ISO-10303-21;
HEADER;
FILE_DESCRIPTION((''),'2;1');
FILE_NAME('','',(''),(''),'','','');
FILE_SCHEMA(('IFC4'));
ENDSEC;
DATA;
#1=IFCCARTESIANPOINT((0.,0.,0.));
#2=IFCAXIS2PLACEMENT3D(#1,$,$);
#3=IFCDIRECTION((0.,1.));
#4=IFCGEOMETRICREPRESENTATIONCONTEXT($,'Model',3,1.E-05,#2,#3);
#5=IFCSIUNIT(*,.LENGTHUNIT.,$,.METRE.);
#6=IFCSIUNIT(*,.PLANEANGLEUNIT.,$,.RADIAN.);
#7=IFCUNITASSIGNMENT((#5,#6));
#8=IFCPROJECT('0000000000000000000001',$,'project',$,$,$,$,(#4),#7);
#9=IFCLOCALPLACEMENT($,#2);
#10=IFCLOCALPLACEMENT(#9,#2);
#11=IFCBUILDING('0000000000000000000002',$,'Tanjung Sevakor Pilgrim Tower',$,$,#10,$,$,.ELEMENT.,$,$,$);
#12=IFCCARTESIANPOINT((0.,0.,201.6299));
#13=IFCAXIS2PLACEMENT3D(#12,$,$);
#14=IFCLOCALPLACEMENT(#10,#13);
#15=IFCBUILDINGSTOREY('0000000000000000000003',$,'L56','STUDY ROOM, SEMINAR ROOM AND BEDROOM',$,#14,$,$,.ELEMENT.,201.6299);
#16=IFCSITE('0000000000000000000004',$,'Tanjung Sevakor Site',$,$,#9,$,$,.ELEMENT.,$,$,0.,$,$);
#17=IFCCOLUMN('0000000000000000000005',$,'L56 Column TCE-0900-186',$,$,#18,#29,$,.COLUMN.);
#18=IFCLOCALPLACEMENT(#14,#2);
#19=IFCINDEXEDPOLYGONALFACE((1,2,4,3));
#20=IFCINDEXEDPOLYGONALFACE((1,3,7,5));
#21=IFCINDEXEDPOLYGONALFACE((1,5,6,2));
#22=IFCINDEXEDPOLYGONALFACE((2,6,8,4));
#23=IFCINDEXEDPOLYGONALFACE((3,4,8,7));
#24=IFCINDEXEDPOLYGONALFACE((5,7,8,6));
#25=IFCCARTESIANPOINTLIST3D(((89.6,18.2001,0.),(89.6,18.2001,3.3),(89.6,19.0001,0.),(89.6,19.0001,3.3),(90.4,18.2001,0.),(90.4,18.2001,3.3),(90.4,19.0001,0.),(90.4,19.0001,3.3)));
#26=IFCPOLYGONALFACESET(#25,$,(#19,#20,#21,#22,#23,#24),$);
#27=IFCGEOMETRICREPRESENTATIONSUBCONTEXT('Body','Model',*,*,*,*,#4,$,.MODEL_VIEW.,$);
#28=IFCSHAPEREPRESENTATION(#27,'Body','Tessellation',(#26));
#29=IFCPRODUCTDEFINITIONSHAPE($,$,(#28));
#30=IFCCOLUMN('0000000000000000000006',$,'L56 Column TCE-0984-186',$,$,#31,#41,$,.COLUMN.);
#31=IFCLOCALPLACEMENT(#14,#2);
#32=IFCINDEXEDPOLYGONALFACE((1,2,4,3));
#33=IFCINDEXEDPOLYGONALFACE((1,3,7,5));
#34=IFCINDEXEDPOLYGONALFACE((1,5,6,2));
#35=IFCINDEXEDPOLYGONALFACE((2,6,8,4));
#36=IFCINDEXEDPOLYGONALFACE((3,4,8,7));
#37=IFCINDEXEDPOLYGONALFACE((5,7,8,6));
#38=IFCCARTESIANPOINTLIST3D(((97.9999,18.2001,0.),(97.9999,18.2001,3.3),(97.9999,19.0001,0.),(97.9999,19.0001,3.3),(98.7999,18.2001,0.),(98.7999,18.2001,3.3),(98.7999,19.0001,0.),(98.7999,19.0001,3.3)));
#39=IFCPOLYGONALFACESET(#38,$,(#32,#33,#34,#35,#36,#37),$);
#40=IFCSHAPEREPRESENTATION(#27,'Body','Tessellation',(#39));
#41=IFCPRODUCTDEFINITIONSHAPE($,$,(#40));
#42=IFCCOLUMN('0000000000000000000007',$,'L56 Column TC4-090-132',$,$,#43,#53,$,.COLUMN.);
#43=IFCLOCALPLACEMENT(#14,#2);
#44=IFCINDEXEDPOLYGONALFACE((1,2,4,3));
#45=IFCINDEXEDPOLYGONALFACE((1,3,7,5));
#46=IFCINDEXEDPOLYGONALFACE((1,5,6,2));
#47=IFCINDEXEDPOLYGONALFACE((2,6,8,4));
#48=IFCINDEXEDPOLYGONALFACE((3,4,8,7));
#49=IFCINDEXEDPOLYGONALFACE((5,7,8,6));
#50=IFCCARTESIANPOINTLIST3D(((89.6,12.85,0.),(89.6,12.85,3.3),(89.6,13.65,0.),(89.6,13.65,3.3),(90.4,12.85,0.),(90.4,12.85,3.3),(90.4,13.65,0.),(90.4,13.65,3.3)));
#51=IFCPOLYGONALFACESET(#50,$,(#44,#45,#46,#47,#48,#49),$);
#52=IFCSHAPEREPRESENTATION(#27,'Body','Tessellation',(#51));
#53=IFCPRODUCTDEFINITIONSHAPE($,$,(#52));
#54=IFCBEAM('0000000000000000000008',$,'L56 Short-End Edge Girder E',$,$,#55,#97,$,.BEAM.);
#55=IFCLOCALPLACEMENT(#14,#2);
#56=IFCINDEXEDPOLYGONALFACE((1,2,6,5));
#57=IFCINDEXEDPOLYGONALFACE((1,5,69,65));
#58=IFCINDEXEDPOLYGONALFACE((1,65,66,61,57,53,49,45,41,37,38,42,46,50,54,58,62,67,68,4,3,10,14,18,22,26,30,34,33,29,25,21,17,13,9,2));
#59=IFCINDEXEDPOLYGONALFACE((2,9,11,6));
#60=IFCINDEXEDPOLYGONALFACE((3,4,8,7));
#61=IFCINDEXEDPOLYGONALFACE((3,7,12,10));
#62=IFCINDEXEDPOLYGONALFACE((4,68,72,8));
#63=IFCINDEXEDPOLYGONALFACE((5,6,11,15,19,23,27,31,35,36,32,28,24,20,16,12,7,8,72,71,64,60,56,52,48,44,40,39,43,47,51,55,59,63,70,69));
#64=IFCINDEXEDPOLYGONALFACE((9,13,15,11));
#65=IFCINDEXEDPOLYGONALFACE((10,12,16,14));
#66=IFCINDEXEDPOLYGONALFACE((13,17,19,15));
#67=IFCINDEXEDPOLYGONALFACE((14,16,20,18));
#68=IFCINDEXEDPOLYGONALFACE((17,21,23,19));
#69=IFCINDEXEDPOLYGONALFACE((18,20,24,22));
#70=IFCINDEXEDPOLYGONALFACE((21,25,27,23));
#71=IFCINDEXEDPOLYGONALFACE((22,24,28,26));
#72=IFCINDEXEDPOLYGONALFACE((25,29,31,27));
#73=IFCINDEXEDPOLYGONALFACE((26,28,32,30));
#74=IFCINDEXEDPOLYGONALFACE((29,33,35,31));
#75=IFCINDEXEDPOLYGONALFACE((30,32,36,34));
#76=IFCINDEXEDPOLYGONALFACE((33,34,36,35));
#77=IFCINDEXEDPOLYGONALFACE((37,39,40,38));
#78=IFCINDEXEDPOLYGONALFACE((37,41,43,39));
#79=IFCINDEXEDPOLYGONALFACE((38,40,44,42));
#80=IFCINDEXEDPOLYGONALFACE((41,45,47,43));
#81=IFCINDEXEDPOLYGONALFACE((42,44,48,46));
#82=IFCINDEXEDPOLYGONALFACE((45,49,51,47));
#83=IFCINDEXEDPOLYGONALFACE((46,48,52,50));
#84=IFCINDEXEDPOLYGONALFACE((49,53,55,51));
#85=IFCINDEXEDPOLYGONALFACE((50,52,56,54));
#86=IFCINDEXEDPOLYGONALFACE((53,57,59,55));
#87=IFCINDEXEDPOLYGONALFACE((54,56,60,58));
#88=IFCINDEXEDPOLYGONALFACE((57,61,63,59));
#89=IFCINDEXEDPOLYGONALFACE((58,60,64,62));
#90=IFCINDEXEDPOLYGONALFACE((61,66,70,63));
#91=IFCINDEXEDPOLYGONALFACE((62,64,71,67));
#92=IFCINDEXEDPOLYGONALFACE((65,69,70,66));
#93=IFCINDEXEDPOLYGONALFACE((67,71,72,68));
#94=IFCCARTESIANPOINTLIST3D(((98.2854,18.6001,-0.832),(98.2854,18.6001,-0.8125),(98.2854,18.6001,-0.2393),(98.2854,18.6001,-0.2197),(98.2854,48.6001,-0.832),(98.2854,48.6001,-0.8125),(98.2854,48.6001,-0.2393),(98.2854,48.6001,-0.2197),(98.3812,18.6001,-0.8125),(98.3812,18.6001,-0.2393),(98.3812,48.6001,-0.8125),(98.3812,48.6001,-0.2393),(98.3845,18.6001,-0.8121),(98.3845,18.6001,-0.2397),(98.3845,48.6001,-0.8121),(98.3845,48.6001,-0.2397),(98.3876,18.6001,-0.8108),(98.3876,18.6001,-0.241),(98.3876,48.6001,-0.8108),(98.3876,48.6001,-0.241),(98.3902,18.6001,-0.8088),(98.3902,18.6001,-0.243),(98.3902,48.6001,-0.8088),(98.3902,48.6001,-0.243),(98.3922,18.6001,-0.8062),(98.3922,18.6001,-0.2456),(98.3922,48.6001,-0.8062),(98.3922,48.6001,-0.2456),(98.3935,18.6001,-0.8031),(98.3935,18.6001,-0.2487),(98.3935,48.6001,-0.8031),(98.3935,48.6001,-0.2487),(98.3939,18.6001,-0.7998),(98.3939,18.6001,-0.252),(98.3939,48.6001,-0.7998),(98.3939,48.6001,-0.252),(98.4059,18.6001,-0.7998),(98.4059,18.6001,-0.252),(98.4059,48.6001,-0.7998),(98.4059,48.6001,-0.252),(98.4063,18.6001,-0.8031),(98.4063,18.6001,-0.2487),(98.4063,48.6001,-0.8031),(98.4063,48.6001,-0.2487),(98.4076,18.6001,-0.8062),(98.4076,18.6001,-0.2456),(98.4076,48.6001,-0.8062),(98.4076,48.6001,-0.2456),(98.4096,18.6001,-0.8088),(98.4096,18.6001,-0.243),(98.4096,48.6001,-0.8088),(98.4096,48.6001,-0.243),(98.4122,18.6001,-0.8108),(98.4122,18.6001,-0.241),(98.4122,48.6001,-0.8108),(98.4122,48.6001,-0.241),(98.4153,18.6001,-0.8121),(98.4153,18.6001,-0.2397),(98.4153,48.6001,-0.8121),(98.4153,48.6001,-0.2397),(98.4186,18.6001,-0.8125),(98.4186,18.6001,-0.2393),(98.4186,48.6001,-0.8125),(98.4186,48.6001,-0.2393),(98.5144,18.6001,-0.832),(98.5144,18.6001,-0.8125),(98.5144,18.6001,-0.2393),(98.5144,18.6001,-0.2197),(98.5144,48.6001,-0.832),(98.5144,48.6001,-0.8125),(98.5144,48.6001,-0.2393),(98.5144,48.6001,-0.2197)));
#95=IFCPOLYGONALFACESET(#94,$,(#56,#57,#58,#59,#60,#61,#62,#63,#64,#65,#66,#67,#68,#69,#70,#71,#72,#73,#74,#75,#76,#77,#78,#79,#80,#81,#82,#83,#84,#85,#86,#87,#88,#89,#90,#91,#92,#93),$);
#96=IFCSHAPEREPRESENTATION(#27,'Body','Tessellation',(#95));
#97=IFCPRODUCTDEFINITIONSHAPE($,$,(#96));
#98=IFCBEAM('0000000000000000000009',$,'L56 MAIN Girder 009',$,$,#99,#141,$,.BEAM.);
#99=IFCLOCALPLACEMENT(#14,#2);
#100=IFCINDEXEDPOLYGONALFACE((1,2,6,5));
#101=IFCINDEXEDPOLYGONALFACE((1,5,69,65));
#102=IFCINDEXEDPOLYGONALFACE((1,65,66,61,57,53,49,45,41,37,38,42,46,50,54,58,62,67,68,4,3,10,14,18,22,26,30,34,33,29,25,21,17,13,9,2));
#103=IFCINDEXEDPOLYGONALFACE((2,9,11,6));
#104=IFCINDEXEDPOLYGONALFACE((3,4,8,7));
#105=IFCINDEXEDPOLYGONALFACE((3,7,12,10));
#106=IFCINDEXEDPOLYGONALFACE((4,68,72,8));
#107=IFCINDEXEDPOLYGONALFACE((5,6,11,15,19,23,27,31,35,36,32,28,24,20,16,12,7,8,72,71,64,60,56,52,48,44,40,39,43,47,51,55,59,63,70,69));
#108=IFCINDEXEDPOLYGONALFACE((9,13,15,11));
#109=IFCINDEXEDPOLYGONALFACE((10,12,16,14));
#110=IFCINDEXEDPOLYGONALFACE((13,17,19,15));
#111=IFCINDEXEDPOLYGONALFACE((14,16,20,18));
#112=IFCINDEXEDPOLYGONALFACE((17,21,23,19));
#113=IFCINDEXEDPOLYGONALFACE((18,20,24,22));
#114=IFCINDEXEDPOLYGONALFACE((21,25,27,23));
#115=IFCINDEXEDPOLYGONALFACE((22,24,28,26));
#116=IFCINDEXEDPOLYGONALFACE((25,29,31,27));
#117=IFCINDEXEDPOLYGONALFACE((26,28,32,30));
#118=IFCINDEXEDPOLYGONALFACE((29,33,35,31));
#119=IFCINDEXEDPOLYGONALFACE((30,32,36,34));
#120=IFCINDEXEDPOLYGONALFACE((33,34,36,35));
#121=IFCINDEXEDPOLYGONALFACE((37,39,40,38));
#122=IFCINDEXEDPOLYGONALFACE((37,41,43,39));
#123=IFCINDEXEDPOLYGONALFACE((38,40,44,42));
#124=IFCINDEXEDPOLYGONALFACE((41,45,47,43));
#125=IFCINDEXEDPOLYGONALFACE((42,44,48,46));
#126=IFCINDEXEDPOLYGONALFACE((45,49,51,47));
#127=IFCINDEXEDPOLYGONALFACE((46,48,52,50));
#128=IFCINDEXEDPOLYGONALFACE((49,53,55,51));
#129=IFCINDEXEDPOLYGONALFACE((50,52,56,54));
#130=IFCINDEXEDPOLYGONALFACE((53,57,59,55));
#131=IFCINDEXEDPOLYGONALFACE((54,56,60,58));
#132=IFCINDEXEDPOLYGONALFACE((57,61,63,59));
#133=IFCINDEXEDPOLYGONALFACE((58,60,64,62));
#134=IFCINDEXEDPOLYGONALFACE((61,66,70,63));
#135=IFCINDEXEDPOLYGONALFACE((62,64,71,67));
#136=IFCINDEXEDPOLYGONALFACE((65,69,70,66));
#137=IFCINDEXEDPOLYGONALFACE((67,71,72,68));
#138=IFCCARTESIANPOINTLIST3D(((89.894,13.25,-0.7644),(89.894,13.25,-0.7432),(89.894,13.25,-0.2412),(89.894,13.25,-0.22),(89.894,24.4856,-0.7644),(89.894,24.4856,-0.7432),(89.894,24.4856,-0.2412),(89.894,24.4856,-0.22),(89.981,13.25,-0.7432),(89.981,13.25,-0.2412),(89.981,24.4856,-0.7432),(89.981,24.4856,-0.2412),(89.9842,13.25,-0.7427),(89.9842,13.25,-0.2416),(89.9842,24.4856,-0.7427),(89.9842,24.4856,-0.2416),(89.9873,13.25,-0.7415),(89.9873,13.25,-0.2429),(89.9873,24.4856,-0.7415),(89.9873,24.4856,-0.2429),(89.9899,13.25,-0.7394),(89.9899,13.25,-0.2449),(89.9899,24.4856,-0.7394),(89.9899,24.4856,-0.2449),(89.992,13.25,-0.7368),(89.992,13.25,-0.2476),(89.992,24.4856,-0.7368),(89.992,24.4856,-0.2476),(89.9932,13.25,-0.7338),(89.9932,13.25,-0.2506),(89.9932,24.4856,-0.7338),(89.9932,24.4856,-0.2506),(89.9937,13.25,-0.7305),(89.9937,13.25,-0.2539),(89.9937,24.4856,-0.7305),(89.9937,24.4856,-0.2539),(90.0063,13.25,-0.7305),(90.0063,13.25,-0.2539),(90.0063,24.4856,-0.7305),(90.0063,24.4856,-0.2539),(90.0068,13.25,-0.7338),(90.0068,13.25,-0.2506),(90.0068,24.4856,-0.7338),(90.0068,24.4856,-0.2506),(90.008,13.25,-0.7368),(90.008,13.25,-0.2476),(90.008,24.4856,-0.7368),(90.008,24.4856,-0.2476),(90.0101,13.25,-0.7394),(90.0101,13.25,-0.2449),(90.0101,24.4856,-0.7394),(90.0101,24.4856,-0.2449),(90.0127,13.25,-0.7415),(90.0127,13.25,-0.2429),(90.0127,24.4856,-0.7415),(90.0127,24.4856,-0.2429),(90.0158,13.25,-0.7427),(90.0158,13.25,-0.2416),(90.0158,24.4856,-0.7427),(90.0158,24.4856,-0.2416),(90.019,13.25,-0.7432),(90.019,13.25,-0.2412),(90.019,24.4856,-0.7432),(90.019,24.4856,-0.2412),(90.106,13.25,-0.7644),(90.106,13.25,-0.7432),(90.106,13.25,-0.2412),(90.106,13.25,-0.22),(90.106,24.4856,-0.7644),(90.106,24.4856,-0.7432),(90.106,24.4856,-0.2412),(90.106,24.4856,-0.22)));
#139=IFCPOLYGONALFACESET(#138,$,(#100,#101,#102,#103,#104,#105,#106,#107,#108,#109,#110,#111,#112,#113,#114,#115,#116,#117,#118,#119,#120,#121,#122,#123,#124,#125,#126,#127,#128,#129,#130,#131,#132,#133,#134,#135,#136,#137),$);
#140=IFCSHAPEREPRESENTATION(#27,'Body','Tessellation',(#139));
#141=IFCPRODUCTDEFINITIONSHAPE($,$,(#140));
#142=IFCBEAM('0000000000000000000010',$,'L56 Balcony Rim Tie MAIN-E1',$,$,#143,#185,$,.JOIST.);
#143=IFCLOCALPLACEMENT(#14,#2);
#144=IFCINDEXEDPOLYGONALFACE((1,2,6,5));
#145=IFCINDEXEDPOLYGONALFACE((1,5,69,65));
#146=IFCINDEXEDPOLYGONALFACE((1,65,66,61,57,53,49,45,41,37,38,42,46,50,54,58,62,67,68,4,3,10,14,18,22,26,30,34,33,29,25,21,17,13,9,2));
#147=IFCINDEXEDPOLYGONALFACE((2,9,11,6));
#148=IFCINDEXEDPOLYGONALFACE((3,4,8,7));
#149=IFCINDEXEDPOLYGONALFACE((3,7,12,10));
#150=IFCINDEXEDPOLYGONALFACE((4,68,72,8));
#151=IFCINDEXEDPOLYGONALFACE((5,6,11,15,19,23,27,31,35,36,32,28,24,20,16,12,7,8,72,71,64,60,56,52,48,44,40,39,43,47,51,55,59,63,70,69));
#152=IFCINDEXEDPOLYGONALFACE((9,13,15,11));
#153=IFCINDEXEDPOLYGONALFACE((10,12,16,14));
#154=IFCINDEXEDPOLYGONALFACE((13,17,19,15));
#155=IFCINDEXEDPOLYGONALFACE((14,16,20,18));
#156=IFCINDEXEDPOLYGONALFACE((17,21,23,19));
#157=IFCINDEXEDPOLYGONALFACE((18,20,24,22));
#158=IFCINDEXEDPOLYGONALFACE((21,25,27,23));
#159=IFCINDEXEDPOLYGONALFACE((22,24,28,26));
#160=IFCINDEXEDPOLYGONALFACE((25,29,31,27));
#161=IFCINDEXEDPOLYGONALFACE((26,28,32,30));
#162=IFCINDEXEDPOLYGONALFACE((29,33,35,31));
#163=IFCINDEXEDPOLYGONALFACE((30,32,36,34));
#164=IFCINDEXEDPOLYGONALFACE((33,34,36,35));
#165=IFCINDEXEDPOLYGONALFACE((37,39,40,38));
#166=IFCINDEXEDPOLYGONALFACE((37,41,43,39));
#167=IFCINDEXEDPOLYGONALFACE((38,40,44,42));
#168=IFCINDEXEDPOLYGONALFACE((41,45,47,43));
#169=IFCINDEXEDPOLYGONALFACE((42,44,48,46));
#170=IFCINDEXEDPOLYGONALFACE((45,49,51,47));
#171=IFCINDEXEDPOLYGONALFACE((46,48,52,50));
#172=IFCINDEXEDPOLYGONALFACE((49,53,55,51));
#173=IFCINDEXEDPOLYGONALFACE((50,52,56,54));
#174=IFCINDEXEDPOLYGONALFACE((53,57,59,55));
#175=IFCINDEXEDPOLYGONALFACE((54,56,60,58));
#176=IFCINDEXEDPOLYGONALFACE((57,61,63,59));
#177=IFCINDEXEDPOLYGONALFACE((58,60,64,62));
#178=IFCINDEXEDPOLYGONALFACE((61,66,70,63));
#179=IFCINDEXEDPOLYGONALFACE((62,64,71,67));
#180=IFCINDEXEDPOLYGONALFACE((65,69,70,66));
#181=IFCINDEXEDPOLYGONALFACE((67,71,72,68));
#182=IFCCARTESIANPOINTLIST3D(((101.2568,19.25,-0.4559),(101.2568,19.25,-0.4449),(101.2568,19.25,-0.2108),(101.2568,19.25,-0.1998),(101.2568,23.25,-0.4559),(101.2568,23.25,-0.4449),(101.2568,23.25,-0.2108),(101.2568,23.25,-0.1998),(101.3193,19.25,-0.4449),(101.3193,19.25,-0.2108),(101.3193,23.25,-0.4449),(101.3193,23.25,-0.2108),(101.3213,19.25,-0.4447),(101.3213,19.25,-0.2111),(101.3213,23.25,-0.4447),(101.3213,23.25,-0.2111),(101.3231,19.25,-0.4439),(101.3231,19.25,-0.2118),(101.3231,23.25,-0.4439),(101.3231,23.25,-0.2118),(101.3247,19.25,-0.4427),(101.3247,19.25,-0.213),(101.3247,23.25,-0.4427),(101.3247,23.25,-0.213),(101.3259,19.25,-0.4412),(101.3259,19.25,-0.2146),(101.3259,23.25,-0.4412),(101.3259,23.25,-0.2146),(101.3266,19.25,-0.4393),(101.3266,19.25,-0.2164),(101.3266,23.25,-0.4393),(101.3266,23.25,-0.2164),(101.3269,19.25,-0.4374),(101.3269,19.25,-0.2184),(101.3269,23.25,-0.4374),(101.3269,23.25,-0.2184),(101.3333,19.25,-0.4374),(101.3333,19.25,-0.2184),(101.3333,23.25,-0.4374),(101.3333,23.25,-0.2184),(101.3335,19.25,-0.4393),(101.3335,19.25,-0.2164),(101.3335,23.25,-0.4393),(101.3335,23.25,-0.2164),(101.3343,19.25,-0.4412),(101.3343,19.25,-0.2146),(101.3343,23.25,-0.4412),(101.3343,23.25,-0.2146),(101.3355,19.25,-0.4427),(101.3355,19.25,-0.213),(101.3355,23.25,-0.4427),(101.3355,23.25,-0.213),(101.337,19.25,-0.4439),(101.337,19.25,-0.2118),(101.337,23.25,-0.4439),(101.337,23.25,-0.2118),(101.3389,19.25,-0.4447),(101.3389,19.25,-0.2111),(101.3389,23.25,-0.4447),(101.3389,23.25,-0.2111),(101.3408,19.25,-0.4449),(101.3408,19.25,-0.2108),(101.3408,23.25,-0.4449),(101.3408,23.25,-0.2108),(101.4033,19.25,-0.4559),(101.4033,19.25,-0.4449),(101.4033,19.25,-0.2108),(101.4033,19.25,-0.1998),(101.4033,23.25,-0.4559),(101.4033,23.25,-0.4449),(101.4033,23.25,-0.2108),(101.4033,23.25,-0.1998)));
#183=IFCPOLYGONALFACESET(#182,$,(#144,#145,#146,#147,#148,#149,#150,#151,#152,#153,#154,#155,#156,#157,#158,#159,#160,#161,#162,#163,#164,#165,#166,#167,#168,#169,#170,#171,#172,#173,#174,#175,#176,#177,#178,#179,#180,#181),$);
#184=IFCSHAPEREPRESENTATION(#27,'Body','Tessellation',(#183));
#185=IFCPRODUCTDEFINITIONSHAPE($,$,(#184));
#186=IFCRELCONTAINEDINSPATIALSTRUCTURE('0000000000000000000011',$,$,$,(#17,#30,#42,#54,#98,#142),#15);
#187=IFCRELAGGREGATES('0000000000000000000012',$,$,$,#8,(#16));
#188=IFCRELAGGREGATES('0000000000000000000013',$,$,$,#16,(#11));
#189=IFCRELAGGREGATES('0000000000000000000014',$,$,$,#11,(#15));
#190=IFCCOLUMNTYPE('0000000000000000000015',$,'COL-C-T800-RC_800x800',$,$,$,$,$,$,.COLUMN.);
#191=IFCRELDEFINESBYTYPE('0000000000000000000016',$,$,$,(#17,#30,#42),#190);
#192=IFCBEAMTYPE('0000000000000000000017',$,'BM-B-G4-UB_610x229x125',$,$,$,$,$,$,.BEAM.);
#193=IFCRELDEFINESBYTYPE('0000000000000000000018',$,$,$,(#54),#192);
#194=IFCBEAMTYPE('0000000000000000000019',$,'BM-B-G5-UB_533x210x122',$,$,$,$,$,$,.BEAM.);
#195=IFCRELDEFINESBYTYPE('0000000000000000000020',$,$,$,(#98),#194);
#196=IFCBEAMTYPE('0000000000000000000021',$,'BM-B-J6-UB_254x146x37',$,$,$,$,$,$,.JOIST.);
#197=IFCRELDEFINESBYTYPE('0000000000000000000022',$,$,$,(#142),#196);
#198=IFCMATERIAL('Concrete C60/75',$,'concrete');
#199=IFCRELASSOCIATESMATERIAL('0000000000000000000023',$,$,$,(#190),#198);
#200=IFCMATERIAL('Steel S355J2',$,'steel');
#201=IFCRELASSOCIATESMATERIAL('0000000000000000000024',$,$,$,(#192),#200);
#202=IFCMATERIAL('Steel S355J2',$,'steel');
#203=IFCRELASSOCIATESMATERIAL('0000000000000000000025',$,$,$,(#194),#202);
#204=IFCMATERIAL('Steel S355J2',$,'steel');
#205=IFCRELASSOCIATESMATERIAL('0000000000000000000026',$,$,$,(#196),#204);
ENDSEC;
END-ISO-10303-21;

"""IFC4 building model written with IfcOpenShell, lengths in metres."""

from ifc_helpers import new_model, si_unit, direction, frame, origin, origin_2d, place, context, subcontext, project, spatial, rectangle, i_section, extrude, material, material_profile, profile_set, type_object, element, save


model = new_model("IFC4")

# Units and contexts
model_context = context("Model", 3, precision=1e-05, world=origin(), true_north=direction((0.0, 1.0)))
body_context = subcontext(model_context, "Body", "Model", "MODEL_VIEW")
ifc_project = project(units=[si_unit("LENGTHUNIT", "METRE"), si_unit("PLANEANGLEUNIT", "RADIAN")], contexts=[model_context])

# Site, building, storey
site_placement = place(None, origin())
site = spatial("IfcSite", under=ifc_project, at=site_placement, Name="Tanjung Sevakor Site", CompositionType="ELEMENT", RefElevation=0.0)
building_placement = place(site_placement, origin())
building = spatial("IfcBuilding", under=site, at=building_placement, Name="Tanjung Sevakor Pilgrim Tower", CompositionType="ELEMENT")
storey_placement = place(building_placement, frame((0.0, 0.0, 201.6299)))
storey = spatial("IfcBuildingStorey", under=building, at=storey_placement, Name="L56", Description="STUDY ROOM, SEMINAR ROOM AND BEDROOM", CompositionType="ELEMENT", Elevation=201.6299)

# Columns
ifc_material_1 = material(Name="Concrete C60/75", Category="concrete")
ifc_material_profile_1 = material_profile(ifc_material_1, rectangle(XDim=0.8, YDim=0.8, at=origin_2d()))
ifc_profile_set_1 = profile_set([ifc_material_profile_1], Name="Concrete C60/75")
column_type = type_object("IfcColumnType", Name="COL-C-T800-RC_800x800", PredefinedType="COLUMN", material=ifc_profile_set_1)
for number, where, z_axis, x_axis, name in (
    (1, (90.0, 18.6001, 0.0), (0.0, 0.0, 1.0), (1.0, 0.0, 0.0), "L56 Column TCE-0900-186"),
    (2, (98.3999, 18.6001, 0.0), (0.0, 0.0, 1.0), (1.0, 0.0, 0.0), "L56 Column TCE-0984-186"),
    (3, (90.0, 13.25, 0.0), (0.0, 0.0, 1.0), (1.0, 0.0, 0.0), "L56 Column TC4-090-132"),
):
    element("IfcColumn", number, at=place(storey_placement, frame(where, z_axis=z_axis, x_axis=x_axis)), inside=storey, type_object=column_type, Name=name, PredefinedType="COLUMN", context=body_context, shape_type="SweptSolid", body=[
        extrude(rectangle(XDim=0.8, YDim=0.8, at=origin_2d()), origin(), (0.0, 0.0, 1.0), 3.3),
    ])

# Beams
ifc_material_2 = material(Name="Steel S355J2", Category="steel")
ifc_material_profile_2 = material_profile(ifc_material_2, i_section(OverallWidth=0.229, OverallDepth=0.6123, WebThickness=0.012, FlangeThickness=0.0195, FilletRadius=0.0127, at=origin_2d()))
ifc_profile_set_2 = profile_set([ifc_material_profile_2], Name="Steel S355J2")
beam_type_1 = type_object("IfcBeamType", Name="BM-B-G4-UB_610x229x125", PredefinedType="BEAM", material=ifc_profile_set_2)
beam_1_placement = place(storey_placement, frame((98.3999, 18.6001, -0.5259), z_axis=(0.0, 1.0, 0.0), x_axis=(-1.0, 0.0, 0.0)))
element("IfcBeam", 4, at=beam_1_placement, inside=storey, type_object=beam_type_1, Name="L56 Short-End Edge Girder E", PredefinedType="BEAM", context=body_context, shape_type="SweptSolid", body=[
    extrude(i_section(OverallWidth=0.229, OverallDepth=0.6123, WebThickness=0.012, FlangeThickness=0.0195, FilletRadius=0.0127, at=origin_2d()), origin(), (0.0, 0.0, 1.0), 30.0),
])
ifc_material_3 = material(Name="Steel S355J2", Category="steel")
ifc_material_profile_3 = material_profile(ifc_material_3, i_section(OverallWidth=0.2119, OverallDepth=0.5444, WebThickness=0.0127, FlangeThickness=0.0212, FilletRadius=0.0127, at=origin_2d()))
ifc_profile_set_3 = profile_set([ifc_material_profile_3], Name="Steel S355J2")
beam_type_2 = type_object("IfcBeamType", Name="BM-B-G5-UB_533x210x122", PredefinedType="BEAM", material=ifc_profile_set_3)
beam_2_placement = place(storey_placement, frame((90.0, 13.25, -0.4922), z_axis=(0.0, 1.0, 0.0), x_axis=(-1.0, 0.0, 0.0)))
element("IfcBeam", 5, at=beam_2_placement, inside=storey, type_object=beam_type_2, Name="L56 MAIN Girder 009", PredefinedType="BEAM", context=body_context, shape_type="SweptSolid", body=[
    extrude(i_section(OverallWidth=0.2119, OverallDepth=0.5444, WebThickness=0.0127, FlangeThickness=0.0212, FilletRadius=0.0127, at=origin_2d()), origin(), (0.0, 0.0, 1.0), 11.2356),
])
ifc_material_4 = material(Name="Steel S355J2", Category="steel")
ifc_material_profile_4 = material_profile(ifc_material_4, i_section(OverallWidth=0.1465, OverallDepth=0.2561, WebThickness=0.0063, FlangeThickness=0.011, FilletRadius=0.0076, at=origin_2d()))
ifc_profile_set_4 = profile_set([ifc_material_profile_4], Name="Steel S355J2")
beam_type_3 = type_object("IfcBeamType", Name="BM-B-J6-UB_254x146x37", PredefinedType="JOIST", material=ifc_profile_set_4)
beam_3_placement = place(storey_placement, frame((101.3301, 19.25, -0.3279), z_axis=(0.0, 1.0, 0.0), x_axis=(-1.0, 0.0, 0.0)))
element("IfcBeam", 6, at=beam_3_placement, inside=storey, type_object=beam_type_3, Name="L56 Balcony Rim Tie MAIN-E1", PredefinedType="JOIST", context=body_context, shape_type="SweptSolid", body=[
    extrude(i_section(OverallWidth=0.1465, OverallDepth=0.2561, WebThickness=0.0063, FlangeThickness=0.011, FilletRadius=0.0076, at=origin_2d()), origin(), (0.0, 0.0, 1.0), 4.0),
])

save(model, "model.ifc")
